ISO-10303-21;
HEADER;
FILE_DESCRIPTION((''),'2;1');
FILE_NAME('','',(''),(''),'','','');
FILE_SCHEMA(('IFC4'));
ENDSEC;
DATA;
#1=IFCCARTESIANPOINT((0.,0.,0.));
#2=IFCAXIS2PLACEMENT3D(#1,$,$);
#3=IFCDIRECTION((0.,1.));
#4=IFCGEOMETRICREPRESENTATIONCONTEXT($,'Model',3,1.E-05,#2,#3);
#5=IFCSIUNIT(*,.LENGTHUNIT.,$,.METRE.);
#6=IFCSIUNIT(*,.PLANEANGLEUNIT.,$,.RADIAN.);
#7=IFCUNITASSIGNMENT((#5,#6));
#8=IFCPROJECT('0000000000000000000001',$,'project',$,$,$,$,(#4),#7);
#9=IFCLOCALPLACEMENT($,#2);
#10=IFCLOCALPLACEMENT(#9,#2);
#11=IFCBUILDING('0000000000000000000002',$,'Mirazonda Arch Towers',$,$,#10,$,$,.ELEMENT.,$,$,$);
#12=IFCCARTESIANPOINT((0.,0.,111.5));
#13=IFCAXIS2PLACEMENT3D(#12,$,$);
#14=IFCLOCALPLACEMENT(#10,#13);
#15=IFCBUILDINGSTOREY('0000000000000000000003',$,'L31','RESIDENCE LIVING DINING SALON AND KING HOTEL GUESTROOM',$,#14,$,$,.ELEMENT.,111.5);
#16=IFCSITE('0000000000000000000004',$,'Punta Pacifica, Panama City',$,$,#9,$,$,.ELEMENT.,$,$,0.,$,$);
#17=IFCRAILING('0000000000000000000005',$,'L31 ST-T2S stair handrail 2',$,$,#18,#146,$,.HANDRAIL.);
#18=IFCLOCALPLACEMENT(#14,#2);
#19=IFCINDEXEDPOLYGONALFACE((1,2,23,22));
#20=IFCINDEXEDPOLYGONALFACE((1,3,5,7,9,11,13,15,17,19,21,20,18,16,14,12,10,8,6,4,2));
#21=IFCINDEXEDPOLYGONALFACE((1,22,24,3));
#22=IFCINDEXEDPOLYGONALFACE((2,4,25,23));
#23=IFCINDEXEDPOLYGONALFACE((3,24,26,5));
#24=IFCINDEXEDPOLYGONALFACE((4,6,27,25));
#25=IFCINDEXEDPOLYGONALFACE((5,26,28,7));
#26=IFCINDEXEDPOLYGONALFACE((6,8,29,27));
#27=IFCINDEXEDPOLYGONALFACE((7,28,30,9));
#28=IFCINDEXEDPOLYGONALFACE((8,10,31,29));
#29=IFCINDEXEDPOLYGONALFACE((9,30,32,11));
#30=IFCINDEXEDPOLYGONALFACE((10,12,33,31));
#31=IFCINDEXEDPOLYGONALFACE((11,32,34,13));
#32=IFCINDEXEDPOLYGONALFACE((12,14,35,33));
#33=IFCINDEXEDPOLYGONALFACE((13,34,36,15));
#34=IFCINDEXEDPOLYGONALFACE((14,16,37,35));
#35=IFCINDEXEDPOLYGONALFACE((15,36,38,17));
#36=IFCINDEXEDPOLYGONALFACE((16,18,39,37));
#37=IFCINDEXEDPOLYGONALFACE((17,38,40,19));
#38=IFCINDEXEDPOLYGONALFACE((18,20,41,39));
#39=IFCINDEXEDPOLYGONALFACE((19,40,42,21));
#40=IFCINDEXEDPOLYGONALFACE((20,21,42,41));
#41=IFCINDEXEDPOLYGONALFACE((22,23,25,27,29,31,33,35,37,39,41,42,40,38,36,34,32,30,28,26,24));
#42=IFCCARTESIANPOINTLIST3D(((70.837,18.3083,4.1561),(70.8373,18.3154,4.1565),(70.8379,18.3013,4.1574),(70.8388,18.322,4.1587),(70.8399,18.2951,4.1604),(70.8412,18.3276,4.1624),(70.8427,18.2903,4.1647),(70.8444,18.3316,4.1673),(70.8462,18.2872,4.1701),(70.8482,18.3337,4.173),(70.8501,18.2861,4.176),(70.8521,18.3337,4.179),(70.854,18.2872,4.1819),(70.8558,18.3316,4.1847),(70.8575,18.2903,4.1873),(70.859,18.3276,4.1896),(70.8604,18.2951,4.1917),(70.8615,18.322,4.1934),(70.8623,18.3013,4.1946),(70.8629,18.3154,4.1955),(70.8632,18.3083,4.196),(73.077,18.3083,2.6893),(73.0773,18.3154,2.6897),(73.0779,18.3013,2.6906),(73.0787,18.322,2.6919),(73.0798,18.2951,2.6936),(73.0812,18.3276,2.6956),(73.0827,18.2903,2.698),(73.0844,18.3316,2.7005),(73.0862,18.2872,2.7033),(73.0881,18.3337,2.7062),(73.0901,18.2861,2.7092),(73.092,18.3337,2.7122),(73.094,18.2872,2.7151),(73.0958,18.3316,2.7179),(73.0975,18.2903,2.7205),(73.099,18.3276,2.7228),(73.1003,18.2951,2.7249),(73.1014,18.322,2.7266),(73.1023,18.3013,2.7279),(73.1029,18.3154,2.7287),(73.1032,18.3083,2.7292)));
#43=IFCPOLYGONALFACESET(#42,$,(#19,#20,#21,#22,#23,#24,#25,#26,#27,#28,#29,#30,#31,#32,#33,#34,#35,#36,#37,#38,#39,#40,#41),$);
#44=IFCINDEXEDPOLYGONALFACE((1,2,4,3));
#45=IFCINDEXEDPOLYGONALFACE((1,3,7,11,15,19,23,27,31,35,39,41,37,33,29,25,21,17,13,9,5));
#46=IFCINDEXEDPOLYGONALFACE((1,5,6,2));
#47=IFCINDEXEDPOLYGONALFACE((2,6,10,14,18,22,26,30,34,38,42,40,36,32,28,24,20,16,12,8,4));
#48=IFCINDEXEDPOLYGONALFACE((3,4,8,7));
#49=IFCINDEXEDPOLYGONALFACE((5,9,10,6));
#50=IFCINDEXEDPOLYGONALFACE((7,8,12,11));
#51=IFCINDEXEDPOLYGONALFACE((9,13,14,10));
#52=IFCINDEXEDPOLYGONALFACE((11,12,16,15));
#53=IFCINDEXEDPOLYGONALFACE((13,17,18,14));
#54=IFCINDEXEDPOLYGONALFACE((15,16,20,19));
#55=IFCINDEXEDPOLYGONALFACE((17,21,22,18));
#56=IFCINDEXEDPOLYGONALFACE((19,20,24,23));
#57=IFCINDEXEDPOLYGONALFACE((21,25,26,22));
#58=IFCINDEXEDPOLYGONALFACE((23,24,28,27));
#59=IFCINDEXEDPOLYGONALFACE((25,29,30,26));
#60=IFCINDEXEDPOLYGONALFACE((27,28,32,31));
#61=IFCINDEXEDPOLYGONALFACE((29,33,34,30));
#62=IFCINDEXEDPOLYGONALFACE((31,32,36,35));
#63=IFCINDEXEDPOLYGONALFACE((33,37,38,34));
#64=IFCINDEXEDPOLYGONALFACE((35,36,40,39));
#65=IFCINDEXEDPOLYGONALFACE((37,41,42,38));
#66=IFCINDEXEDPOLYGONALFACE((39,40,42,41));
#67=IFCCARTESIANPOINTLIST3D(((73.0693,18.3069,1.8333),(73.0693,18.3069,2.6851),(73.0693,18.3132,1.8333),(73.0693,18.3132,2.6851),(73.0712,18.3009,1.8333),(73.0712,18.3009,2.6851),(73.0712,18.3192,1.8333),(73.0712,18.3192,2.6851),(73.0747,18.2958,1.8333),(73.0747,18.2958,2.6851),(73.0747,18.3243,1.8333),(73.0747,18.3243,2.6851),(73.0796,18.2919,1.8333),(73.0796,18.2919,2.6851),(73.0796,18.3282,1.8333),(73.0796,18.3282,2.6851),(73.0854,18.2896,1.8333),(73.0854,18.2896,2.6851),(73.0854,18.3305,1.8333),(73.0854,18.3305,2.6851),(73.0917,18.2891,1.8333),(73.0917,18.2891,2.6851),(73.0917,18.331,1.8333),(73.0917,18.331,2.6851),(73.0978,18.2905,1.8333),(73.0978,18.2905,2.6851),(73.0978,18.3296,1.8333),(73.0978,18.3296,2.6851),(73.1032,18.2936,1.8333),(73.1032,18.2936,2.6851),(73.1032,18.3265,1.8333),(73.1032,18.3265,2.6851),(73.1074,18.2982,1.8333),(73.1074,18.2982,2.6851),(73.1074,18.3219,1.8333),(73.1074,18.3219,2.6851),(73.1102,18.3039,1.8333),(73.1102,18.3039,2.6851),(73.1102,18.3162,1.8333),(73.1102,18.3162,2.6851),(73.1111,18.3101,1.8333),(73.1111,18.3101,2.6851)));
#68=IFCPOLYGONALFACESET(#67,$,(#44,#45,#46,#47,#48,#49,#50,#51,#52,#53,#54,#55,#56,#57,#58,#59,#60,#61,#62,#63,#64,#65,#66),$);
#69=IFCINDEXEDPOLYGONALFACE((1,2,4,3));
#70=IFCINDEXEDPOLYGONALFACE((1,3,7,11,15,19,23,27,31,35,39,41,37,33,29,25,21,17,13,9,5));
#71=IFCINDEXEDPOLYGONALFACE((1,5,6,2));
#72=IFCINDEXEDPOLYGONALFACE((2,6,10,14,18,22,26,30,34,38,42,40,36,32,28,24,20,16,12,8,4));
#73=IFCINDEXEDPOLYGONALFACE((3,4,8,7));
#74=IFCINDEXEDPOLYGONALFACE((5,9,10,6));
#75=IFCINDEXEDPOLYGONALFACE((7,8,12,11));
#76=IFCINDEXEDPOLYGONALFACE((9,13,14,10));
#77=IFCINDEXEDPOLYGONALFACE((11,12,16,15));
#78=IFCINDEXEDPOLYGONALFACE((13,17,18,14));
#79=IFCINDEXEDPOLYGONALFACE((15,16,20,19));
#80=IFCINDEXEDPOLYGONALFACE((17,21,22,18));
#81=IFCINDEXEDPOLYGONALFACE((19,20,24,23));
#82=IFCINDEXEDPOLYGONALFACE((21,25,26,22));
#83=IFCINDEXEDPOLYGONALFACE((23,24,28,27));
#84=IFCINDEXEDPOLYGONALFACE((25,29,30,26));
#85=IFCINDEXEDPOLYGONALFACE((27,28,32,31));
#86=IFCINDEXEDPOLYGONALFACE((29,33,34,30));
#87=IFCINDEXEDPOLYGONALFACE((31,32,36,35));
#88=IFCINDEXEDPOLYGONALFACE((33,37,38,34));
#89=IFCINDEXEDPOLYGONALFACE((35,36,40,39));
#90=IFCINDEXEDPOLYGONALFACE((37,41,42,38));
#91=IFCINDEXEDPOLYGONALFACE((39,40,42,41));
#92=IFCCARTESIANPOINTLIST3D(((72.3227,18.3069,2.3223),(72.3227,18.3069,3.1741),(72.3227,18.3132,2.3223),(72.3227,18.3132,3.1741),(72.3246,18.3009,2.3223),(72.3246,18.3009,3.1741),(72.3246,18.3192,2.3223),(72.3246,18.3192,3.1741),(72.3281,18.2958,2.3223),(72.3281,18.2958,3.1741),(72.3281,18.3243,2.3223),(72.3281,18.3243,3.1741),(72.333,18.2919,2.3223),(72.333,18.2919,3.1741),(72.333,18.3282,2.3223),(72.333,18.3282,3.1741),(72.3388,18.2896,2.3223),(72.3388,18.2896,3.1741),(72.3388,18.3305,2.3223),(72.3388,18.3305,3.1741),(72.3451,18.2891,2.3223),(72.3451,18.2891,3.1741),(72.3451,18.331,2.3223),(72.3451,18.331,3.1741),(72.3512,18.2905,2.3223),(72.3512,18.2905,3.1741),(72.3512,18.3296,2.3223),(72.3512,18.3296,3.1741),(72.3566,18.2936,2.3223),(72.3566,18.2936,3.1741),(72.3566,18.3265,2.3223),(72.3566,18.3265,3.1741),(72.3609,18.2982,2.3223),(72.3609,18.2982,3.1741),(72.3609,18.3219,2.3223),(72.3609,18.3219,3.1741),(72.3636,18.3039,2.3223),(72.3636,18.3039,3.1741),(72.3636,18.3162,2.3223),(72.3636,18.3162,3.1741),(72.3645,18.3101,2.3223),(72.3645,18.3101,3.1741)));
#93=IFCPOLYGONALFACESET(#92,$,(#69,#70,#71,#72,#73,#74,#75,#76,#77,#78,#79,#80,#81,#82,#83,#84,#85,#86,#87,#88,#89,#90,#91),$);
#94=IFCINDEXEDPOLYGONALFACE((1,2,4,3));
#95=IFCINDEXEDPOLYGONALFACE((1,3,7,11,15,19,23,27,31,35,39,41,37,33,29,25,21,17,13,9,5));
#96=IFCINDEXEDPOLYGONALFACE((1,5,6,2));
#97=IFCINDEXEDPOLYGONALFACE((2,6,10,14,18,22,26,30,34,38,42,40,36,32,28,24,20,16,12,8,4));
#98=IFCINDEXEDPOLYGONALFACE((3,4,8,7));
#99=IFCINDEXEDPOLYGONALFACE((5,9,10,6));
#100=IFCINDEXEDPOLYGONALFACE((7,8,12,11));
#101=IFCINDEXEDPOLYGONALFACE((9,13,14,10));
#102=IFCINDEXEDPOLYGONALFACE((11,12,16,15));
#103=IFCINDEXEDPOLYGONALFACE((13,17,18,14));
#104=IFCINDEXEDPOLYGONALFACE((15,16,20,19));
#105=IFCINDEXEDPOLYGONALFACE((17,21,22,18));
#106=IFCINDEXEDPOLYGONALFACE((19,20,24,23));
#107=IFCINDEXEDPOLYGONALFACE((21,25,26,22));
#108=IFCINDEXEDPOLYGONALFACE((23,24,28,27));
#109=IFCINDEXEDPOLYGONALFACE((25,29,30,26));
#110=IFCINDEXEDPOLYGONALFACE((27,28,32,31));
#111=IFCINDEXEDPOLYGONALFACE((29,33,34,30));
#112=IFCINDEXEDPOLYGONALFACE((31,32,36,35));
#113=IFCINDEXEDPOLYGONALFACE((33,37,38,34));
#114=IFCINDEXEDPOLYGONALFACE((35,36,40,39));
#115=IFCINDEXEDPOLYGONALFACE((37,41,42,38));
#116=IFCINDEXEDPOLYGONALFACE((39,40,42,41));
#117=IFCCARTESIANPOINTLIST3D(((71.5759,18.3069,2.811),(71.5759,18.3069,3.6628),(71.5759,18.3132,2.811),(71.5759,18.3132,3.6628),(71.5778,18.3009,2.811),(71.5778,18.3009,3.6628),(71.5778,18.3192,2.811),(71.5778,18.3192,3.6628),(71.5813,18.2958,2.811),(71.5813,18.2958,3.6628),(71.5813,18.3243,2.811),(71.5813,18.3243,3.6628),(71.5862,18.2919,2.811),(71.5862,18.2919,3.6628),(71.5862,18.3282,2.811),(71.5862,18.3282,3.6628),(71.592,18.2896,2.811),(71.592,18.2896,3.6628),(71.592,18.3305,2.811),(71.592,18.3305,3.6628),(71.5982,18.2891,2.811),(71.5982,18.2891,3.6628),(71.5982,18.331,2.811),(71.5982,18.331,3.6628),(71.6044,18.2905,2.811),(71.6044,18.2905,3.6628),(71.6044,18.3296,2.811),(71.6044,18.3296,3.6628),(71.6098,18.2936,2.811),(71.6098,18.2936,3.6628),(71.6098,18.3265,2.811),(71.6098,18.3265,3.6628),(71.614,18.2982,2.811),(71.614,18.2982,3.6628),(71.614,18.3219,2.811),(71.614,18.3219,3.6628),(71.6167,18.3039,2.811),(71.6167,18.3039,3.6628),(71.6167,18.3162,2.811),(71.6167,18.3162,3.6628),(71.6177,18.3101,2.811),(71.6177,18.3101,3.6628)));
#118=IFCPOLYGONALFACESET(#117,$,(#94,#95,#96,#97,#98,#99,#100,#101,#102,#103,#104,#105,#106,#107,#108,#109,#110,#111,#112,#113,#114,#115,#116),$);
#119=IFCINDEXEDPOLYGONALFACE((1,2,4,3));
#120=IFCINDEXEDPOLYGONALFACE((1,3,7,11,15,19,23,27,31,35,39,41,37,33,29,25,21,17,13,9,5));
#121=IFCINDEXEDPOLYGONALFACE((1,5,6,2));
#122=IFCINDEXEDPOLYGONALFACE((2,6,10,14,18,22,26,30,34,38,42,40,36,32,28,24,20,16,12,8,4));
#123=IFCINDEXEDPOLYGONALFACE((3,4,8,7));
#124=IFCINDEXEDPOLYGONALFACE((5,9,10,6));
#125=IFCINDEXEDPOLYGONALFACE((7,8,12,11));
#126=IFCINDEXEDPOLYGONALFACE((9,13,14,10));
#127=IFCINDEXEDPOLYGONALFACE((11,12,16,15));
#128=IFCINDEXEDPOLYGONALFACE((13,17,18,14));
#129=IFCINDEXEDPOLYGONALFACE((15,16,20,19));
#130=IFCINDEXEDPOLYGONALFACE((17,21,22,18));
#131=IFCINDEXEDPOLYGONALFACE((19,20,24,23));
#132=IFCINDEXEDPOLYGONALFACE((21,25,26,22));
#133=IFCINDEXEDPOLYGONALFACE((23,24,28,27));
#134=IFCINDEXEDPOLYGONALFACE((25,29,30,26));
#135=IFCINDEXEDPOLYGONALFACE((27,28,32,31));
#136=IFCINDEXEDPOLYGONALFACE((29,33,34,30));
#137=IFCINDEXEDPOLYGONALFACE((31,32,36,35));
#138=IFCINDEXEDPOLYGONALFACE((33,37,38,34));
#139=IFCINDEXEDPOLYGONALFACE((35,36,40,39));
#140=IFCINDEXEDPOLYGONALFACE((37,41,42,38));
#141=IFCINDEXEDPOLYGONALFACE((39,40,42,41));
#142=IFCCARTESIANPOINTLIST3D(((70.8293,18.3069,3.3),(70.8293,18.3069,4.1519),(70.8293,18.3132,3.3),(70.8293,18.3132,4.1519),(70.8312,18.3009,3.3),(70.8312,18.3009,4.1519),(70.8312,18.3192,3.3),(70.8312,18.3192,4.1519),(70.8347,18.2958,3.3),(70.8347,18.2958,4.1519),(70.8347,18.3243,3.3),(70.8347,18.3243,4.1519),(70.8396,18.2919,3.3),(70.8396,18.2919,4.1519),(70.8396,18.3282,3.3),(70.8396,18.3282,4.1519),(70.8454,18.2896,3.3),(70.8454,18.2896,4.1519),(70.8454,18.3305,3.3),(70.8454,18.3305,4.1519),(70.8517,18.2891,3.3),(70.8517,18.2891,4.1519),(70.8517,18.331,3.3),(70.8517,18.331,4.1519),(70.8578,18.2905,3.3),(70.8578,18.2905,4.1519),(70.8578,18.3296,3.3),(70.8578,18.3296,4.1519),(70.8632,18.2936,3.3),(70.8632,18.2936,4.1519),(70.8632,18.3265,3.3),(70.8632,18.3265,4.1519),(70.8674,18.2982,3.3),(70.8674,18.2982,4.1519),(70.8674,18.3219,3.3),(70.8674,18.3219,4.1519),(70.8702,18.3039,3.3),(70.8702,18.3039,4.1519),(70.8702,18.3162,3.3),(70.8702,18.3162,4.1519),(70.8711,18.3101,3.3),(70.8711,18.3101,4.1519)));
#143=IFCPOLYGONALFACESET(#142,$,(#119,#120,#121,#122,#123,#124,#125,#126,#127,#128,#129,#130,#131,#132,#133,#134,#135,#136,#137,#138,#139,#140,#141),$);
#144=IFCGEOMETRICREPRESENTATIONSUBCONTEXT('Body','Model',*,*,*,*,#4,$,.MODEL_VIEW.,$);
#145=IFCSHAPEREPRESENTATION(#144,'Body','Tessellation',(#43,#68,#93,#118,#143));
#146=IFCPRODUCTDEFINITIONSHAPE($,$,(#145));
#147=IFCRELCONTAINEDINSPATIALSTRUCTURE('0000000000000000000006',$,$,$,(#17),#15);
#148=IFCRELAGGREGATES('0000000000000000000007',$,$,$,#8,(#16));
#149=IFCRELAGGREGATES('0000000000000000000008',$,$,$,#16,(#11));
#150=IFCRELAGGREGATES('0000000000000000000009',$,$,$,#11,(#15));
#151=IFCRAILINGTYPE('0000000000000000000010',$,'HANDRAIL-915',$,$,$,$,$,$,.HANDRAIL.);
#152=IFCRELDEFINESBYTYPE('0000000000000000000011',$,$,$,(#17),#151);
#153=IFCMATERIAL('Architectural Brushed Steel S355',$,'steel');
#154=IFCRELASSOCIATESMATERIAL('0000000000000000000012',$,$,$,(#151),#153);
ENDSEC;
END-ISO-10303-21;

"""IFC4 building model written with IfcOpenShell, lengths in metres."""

from ifc_helpers import new_model, si_unit, direction, frame, origin, origin_2d, place, context, subcontext, project, spatial, circle, extrude, material, type_object, element, save


model = new_model("IFC4")

# Units and contexts
model_context = context("Model", 3, precision=1e-05, world=origin(), true_north=direction((0.0, 1.0)))
body_context = subcontext(model_context, "Body", "Model", "MODEL_VIEW")
ifc_project = project(units=[si_unit("LENGTHUNIT", "METRE"), si_unit("PLANEANGLEUNIT", "RADIAN")], contexts=[model_context])

# Site, building, storey
site_placement = place(None, origin())
site = spatial("IfcSite", under=ifc_project, at=site_placement, Name="Punta Pacifica, Panama City", CompositionType="ELEMENT", RefElevation=0.0)
building_placement = place(site_placement, origin())
building = spatial("IfcBuilding", under=site, at=building_placement, Name="Mirazonda Arch Towers", CompositionType="ELEMENT")
storey_placement = place(building_placement, frame((0.0, 0.0, 111.5)))
storey = spatial("IfcBuildingStorey", under=building, at=storey_placement, Name="L31", Description="RESIDENCE LIVING DINING SALON AND KING HOTEL GUESTROOM", CompositionType="ELEMENT", Elevation=111.5)

# Railing
ifc_material_1 = material(Name="Architectural Brushed Steel S355", Category="steel")
railing_type_1 = type_object("IfcRailingType", Name="HANDRAIL-915", PredefinedType="HANDRAIL", material=ifc_material_1)
railing_1_placement = place(storey_placement, frame((73.0901, 18.3101, 1.8333)))
element("IfcRailing", 1, at=railing_1_placement, inside=storey, type_object=railing_type_1, Name="L31 ST-T2S stair handrail 2", PredefinedType="HANDRAIL", context=body_context, shape_type="SweptSolid", body=[
    extrude(circle(Radius=0.0239, at=origin_2d()), frame((0.0, 0.0, 0.876), z_axis=(-0.836595, 0.0, 0.547822), x_axis=(0.0, -1.0, 0.0)), (0.0, 0.0, 1.0), 2.6775),
    extrude(circle(Radius=0.021, at=origin_2d()), origin(), (0.0, 0.0, 1.0), 0.8518),
    extrude(circle(Radius=0.021, at=origin_2d()), frame((-0.7466, 0.0, 0.489)), (0.0, 0.0, 1.0), 0.8518),
    extrude(circle(Radius=0.021, at=origin_2d()), frame((-1.4934, 0.0, 0.9778)), (0.0, 0.0, 1.0), 0.8518),
    extrude(circle(Radius=0.021, at=origin_2d()), frame((-2.24, 0.0, 1.4668)), (0.0, 0.0, 1.0), 0.8518),
])

save(model, "model.ifc")
